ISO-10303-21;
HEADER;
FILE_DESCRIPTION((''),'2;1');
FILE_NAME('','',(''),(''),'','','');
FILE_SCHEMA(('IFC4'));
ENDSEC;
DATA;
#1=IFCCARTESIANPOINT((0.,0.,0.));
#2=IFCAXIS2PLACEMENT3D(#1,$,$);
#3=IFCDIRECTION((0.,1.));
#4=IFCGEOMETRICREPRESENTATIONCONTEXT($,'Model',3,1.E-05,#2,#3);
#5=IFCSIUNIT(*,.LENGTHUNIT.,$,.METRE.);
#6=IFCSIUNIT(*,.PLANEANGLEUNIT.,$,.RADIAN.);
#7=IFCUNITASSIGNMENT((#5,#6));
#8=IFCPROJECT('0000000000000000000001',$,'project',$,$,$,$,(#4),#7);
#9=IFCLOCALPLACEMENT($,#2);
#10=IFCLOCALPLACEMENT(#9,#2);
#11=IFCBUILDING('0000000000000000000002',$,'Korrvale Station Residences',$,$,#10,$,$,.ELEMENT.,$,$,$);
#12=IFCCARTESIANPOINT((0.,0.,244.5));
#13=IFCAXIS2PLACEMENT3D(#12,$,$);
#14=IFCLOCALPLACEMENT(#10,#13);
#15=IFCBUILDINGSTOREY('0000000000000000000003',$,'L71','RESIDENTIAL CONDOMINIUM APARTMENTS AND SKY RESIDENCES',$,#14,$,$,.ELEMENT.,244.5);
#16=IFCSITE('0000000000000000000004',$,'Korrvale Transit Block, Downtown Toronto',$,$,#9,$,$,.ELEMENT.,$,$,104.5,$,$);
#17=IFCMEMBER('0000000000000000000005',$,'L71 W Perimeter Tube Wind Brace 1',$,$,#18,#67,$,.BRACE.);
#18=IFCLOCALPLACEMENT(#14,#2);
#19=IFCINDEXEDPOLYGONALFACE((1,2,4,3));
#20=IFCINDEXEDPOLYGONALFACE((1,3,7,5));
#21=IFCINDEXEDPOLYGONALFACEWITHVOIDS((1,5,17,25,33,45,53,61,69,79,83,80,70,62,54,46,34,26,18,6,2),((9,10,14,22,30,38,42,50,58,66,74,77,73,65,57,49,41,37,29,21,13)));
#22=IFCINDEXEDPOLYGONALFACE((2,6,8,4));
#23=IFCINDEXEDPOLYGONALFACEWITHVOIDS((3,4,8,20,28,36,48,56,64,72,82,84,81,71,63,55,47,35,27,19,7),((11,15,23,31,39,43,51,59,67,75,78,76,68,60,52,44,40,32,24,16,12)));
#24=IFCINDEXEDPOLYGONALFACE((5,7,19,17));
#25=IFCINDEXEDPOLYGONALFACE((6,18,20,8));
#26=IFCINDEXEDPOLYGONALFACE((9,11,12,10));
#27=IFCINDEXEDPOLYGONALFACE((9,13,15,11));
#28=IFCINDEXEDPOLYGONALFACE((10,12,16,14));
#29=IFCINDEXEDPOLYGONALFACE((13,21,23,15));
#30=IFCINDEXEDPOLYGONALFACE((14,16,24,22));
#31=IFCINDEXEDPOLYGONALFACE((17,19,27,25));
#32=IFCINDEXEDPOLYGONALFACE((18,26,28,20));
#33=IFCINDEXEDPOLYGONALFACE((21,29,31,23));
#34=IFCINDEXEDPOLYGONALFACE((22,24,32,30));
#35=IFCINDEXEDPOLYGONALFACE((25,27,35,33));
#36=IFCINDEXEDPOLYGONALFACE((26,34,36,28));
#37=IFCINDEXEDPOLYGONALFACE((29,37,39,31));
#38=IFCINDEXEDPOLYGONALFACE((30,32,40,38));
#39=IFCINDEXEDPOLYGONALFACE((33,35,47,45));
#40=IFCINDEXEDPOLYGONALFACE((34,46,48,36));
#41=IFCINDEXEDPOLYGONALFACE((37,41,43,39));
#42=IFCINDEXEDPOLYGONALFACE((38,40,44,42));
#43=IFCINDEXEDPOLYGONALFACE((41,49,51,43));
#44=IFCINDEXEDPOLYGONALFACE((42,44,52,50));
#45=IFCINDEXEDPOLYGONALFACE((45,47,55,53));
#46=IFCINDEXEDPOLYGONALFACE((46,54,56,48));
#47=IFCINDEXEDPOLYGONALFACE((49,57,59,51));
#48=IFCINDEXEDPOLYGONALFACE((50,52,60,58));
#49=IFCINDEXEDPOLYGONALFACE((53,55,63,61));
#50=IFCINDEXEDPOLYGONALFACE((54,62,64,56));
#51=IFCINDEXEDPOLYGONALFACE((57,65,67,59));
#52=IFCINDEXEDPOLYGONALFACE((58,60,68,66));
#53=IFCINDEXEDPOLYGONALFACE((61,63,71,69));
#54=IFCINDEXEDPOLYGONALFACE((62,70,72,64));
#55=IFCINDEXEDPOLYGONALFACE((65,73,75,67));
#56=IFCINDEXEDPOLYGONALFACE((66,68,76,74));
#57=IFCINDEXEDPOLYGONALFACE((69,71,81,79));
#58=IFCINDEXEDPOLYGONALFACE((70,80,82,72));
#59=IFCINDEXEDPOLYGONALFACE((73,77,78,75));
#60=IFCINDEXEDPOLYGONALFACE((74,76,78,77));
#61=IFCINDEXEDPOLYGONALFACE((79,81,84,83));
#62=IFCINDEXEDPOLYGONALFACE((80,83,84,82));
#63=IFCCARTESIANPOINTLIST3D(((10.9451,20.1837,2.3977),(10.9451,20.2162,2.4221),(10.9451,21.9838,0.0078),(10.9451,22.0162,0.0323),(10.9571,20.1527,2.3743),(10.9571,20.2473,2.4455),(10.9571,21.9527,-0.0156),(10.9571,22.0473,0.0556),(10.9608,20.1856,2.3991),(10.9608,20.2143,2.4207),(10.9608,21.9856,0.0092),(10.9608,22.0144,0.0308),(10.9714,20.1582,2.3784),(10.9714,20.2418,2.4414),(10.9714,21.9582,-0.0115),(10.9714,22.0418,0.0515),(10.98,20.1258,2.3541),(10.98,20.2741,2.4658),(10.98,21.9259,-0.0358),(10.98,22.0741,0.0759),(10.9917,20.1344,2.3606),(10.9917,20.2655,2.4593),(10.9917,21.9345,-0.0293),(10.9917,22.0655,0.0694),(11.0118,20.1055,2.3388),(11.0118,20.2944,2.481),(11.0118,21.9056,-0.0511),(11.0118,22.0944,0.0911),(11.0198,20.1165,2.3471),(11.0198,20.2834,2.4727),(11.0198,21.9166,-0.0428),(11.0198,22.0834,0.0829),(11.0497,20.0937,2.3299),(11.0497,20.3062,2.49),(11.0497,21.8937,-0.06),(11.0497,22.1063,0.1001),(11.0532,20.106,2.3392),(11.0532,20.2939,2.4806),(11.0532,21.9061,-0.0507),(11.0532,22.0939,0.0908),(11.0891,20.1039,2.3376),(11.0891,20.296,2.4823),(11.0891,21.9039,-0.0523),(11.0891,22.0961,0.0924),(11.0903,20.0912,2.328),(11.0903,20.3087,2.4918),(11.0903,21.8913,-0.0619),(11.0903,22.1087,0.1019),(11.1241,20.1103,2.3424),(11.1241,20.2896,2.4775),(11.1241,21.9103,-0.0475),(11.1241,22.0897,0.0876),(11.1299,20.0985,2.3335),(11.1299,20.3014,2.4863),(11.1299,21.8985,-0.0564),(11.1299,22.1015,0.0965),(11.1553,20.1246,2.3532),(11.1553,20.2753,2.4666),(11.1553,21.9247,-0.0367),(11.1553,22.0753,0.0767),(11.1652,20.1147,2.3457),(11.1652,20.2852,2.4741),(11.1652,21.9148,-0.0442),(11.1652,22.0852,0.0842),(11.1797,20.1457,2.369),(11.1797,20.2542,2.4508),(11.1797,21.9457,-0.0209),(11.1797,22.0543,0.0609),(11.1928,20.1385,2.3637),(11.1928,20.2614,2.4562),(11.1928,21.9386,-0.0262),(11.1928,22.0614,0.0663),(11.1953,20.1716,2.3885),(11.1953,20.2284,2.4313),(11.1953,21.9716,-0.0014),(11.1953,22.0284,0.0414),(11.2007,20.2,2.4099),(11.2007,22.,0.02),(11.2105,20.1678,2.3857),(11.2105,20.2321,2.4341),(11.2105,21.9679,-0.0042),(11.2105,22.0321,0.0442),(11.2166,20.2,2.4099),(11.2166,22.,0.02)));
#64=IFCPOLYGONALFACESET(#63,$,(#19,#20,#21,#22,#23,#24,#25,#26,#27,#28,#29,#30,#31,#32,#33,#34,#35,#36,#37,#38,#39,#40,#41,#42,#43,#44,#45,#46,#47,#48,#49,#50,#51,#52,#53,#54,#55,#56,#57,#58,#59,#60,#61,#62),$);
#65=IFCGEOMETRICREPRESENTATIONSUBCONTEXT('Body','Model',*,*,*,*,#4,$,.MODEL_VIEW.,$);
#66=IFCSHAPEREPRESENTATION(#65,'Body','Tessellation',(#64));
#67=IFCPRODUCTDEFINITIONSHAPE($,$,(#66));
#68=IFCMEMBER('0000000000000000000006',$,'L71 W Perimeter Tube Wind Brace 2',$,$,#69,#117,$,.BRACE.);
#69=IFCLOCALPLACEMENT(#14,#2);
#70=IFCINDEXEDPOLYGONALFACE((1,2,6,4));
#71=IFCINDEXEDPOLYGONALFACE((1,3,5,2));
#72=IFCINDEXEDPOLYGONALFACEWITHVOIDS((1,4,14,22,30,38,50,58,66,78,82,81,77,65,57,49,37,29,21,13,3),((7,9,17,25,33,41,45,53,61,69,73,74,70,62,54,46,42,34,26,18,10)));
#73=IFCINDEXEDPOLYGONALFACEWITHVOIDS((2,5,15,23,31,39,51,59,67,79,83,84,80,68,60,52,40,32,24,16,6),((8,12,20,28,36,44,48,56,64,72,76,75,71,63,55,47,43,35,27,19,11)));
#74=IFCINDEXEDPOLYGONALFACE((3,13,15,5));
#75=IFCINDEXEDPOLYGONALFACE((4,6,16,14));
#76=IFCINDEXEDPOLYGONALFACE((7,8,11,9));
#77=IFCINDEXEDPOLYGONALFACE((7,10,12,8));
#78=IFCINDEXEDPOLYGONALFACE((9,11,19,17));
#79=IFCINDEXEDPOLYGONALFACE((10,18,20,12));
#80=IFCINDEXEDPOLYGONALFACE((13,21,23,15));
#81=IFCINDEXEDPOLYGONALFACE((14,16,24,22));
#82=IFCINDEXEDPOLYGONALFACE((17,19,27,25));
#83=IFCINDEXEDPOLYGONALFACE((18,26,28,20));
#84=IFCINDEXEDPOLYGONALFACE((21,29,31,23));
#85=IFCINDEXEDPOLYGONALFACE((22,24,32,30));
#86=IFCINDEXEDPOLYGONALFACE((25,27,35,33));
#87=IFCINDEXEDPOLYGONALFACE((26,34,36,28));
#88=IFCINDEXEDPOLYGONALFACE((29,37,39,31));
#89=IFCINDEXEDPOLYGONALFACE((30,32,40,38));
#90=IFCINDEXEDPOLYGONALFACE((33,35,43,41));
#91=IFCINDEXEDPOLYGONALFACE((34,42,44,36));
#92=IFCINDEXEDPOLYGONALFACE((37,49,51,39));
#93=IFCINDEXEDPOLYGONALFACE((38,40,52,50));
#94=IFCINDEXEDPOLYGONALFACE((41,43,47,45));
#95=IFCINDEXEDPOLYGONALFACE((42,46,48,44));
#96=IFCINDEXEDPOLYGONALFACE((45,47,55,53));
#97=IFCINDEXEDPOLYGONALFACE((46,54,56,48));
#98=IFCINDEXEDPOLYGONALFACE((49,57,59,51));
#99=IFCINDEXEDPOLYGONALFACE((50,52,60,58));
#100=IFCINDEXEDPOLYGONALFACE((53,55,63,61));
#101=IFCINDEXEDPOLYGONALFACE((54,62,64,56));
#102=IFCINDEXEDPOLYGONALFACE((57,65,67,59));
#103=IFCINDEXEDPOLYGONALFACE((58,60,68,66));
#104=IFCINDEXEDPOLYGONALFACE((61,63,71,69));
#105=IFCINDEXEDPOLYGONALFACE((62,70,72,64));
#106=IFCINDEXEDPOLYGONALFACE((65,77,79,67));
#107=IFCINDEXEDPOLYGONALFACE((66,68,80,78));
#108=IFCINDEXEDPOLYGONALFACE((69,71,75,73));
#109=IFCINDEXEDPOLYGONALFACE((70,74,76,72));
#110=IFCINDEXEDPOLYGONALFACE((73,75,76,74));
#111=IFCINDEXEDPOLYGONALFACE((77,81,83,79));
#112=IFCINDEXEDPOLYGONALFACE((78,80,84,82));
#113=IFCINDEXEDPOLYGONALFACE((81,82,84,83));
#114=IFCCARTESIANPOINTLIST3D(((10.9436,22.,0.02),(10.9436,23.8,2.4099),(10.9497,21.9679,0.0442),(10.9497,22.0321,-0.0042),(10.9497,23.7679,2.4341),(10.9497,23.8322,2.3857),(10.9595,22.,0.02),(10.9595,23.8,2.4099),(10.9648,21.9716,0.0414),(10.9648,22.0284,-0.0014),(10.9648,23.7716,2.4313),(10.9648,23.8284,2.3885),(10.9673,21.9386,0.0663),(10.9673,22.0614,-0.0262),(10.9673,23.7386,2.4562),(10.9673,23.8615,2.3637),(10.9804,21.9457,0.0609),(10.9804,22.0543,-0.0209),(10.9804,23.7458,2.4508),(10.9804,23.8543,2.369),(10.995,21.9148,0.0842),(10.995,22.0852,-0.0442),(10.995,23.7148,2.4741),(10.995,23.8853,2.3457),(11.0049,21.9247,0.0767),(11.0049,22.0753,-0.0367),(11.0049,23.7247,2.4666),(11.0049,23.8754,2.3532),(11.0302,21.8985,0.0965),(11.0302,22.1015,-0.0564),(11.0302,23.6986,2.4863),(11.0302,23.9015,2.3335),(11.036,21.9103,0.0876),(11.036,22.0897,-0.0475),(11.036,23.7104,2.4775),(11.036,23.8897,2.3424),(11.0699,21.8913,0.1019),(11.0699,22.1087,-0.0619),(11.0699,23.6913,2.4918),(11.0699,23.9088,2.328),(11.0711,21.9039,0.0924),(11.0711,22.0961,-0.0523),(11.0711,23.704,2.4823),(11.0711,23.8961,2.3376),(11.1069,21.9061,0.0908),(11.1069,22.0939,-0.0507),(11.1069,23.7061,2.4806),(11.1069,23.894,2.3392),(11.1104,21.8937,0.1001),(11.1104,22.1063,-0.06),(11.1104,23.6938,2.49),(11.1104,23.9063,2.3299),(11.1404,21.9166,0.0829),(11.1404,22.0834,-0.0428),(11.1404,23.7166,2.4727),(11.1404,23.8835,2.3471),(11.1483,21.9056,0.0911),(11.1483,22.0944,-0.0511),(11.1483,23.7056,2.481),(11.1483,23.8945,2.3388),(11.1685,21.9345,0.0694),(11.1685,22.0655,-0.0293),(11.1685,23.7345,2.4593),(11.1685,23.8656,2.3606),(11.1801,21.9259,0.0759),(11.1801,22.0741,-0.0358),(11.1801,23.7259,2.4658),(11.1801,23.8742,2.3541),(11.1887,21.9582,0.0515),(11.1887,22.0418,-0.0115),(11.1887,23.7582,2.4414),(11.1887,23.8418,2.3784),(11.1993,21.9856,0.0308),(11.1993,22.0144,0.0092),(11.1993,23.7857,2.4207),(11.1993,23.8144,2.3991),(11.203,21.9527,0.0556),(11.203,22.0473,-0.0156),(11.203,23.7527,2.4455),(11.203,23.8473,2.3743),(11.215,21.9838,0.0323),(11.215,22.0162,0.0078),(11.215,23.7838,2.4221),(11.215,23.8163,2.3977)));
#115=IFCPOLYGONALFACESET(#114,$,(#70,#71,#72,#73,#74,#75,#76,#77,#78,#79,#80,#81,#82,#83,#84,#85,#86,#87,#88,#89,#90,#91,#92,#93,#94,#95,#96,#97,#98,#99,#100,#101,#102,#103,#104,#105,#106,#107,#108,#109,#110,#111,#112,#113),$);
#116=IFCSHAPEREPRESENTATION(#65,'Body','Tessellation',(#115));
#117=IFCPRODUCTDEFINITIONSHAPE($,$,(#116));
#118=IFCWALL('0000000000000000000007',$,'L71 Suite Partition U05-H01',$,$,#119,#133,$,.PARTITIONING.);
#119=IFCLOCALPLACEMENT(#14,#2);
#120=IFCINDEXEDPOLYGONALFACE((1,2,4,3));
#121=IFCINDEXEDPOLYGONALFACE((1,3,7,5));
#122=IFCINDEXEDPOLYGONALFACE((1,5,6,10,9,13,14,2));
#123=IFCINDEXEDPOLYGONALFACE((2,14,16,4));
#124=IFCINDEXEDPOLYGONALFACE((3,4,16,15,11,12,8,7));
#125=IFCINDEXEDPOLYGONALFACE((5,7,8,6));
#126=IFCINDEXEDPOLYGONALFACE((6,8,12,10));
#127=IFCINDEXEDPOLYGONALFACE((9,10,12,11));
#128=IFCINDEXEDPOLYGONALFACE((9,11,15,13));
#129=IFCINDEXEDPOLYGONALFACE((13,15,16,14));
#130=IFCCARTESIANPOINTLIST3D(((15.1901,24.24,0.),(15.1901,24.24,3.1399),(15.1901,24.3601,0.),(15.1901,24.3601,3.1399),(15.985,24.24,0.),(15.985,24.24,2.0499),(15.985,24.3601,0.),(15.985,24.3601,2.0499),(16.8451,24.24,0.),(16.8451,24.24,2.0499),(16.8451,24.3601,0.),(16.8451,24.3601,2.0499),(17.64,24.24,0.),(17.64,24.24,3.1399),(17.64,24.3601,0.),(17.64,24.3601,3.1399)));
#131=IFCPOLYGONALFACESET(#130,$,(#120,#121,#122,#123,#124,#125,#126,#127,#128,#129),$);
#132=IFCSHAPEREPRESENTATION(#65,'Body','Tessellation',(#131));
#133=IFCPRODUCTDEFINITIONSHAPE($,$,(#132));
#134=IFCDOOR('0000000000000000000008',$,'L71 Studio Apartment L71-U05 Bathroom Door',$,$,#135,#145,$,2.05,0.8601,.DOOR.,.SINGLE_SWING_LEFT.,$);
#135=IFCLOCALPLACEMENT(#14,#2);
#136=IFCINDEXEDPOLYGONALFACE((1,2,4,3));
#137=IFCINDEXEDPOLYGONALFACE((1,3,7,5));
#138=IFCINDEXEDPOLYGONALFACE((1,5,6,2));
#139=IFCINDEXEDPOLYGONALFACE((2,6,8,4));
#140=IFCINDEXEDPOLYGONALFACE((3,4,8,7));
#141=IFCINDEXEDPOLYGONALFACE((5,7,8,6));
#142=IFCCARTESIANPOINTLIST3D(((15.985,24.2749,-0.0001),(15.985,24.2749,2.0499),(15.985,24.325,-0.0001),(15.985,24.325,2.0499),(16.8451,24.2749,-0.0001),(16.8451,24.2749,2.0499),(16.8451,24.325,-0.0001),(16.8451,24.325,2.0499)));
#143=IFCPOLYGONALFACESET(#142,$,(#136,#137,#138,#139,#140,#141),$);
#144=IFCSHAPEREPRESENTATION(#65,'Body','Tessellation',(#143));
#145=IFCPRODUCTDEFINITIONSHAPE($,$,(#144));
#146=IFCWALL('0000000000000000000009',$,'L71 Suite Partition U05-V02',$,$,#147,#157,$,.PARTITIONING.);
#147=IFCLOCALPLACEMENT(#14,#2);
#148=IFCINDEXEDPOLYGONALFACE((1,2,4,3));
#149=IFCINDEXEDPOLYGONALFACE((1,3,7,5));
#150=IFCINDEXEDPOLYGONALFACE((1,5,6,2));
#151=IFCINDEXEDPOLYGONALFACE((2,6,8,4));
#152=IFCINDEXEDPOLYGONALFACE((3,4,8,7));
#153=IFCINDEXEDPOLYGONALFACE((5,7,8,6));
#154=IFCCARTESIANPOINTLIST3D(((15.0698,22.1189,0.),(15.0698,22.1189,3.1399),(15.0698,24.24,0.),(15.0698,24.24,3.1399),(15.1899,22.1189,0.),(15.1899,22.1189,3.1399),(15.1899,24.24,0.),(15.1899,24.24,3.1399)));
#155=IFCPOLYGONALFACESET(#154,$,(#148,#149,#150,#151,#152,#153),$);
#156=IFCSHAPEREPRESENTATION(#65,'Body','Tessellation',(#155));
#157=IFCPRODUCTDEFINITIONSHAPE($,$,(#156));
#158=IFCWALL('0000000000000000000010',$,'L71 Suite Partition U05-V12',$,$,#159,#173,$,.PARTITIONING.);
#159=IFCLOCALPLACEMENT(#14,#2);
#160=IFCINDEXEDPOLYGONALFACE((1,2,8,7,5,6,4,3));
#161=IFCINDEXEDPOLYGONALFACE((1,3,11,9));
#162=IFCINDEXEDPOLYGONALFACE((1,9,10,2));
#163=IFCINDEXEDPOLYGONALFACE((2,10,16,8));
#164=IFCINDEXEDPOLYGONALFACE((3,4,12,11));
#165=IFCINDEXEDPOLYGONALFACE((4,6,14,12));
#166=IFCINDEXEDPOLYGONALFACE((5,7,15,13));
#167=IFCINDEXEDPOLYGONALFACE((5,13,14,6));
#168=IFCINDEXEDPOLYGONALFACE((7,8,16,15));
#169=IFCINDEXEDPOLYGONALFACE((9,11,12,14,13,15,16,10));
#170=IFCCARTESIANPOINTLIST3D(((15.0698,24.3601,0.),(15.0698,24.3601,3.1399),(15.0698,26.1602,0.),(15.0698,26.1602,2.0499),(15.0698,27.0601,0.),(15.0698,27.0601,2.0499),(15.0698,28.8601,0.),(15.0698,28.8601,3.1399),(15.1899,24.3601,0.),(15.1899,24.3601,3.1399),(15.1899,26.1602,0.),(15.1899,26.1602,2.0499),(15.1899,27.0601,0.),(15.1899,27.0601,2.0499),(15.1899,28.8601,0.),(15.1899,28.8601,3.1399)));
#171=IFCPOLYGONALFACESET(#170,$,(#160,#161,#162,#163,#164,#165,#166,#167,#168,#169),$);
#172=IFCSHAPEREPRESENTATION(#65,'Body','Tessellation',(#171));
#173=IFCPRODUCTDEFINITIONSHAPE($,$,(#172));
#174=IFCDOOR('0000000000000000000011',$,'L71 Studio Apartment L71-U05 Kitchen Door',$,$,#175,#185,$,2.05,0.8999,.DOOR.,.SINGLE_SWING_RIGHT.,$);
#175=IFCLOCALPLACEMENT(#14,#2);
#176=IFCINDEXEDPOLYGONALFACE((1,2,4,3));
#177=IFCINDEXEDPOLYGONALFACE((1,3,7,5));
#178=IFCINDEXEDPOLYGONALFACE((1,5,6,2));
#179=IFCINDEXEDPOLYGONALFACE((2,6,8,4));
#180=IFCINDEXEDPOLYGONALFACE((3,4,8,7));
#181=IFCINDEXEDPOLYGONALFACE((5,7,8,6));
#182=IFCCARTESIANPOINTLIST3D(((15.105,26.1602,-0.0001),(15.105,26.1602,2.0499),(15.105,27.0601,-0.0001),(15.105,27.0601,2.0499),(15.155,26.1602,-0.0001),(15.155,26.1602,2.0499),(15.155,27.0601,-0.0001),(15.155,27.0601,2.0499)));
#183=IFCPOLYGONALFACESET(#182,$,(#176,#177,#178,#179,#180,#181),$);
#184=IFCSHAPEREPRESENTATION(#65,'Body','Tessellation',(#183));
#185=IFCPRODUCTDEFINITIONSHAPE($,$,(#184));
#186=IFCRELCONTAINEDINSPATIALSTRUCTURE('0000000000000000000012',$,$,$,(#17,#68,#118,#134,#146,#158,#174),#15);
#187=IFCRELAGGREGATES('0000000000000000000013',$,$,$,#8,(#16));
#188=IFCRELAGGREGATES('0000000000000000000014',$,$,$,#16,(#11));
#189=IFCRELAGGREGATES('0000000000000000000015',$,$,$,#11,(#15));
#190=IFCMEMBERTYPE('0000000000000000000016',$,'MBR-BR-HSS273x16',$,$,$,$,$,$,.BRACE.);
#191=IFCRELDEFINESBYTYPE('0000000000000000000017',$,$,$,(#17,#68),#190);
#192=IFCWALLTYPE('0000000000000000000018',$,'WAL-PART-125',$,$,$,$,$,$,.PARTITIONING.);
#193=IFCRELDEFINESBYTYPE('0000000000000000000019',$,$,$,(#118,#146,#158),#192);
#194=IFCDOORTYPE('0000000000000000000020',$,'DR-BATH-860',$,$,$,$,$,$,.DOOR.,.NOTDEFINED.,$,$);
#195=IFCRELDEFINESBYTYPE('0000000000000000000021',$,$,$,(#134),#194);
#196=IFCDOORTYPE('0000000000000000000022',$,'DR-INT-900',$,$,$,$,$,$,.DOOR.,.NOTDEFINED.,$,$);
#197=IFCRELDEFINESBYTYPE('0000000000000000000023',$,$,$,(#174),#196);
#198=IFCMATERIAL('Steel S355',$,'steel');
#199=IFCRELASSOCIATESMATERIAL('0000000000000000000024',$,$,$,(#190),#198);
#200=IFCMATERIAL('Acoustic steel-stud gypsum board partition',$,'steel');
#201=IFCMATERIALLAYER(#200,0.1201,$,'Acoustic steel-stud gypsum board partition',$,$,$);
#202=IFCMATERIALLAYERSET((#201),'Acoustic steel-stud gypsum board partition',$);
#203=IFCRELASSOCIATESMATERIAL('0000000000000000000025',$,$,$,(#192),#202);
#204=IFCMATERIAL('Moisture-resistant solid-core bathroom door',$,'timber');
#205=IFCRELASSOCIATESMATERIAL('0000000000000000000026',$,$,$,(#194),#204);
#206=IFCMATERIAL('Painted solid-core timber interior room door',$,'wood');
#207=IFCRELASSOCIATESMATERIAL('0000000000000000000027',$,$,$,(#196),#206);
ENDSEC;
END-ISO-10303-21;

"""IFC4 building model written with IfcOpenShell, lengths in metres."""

from ifc_helpers import new_model, si_unit, direction, frame, frame_2d, origin, origin_2d, place, context, subcontext, project, spatial, rectangle, hollow_circle, extrude, material, layer, layer_set, material_profile, profile_set, type_object, element, fill, save


model = new_model("IFC4")

# Units and contexts
model_context = context("Model", 3, precision=1e-05, world=origin(), true_north=direction((0.0, 1.0)))
body_context = subcontext(model_context, "Body", "Model", "MODEL_VIEW")
ifc_project = project(units=[si_unit("LENGTHUNIT", "METRE"), si_unit("PLANEANGLEUNIT", "RADIAN")], contexts=[model_context])

# Site, building, storey
site_placement = place(None, origin())
site = spatial("IfcSite", under=ifc_project, at=site_placement, Name="Korrvale Transit Block, Downtown Toronto", CompositionType="ELEMENT", RefElevation=104.5)
building_placement = place(site_placement, origin())
building = spatial("IfcBuilding", under=site, at=building_placement, Name="Korrvale Station Residences", CompositionType="ELEMENT")
storey_placement = place(building_placement, frame((0.0, 0.0, 244.5)))
storey = spatial("IfcBuildingStorey", under=building, at=storey_placement, Name="L71", Description="RESIDENTIAL CONDOMINIUM APARTMENTS AND SKY RESIDENCES", CompositionType="ELEMENT", Elevation=244.5)

# Shared definitions
ifc_material_1 = material(Name="Steel S355", Category="steel")

# Members
ifc_material_profile_1 = material_profile(ifc_material_1, hollow_circle(Radius=0.1365, WallThickness=0.0159, at=origin_2d()), Name="HSS273x16")
ifc_profile_set_1 = profile_set([ifc_material_profile_1], Name="Steel S355")
member_type = type_object("IfcMemberType", Name="MBR-BR-HSS273x16", PredefinedType="BRACE", material=ifc_profile_set_1)
for number, where, z_axis, x_axis, name in (
    (1, (11.0801, 22.0, 0.02), (0.0, -0.601631, 0.798774), (1.0, 0.0, 0.0), "L71 W Perimeter Tube Wind Brace 1"),
    (2, (11.0801, 22.0, 0.02), (0.0, 0.601631, 0.798774), (-1.0, 0.0, 0.0), "L71 W Perimeter Tube Wind Brace 2"),
):
    element("IfcMember", number, at=place(storey_placement, frame(where, z_axis=z_axis, x_axis=x_axis)), inside=storey, type_object=member_type, Name=name, PredefinedType="BRACE", context=body_context, shape_type="SweptSolid", body=[
        extrude(hollow_circle(Radius=0.1365, WallThickness=0.0159, at=origin_2d()), origin(), (0.0, 0.0, 1.0), 2.9919),
    ])

# Wall, opening, door
ifc_material_2 = material(Name="Acoustic steel-stud gypsum board partition", Category="steel")
ifc_layer_1 = layer(ifc_material_2, 0.1201, Name="Acoustic steel-stud gypsum board partition")
ifc_layer_set_1 = layer_set([ifc_layer_1], Name="Acoustic steel-stud gypsum board partition")
wall_type_1 = type_object("IfcWallType", Name="WAL-PART-125", PredefinedType="PARTITIONING", material=ifc_layer_set_1)
wall_1_placement = place(storey_placement, frame((15.1899, 24.3, 0.0), z_axis=(0.0, 0.0, 1.0), x_axis=(1.0, 0.0, 0.0)))
wall_1 = element("IfcWall", 3, at=wall_1_placement, inside=storey, type_object=wall_type_1, Name="L71 Suite Partition U05-H01", PredefinedType="PARTITIONING", context=body_context, shape_type="SweptSolid", body=[
    extrude(rectangle(XDim=2.45, YDim=0.1201, at=frame_2d((1.2251, 0.0))), origin(), (0.0, 0.0, 1.0), 3.1399),
])
opening_1_placement = place(wall_1_placement, frame((0.7949, 0.0, 0.0)))
opening_1 = element("IfcOpeningElement", 4, at=opening_1_placement, cuts=wall_1, PredefinedType="OPENING", context=body_context, shape_type="SweptSolid", body=[
    extrude(rectangle(XDim=0.8601, YDim=2.05, at=frame_2d((0.4302, 1.0249))), frame((0.0, 0.0701, 0.0), z_axis=(0.0, -1.0, 0.0), x_axis=(1.0, 0.0, 0.0)), (0.0, 0.0, 1.0), 0.1401),
])
ifc_material_3 = material(Name="Moisture-resistant solid-core bathroom door", Category="timber")
door_type_1 = type_object("IfcDoorType", Name="DR-BATH-860", OperationType="NOTDEFINED", PredefinedType="DOOR", material=ifc_material_3)
door_1_placement = place(opening_1_placement, origin())
door_1 = element("IfcDoor", 5, at=door_1_placement, inside=storey, type_object=door_type_1, Name="L71 Studio Apartment L71-U05 Bathroom Door", OperationType="SINGLE_SWING_LEFT", OverallHeight=2.05, OverallWidth=0.8601, PredefinedType="DOOR", context=body_context, shape_type="SweptSolid", body=[
    extrude(rectangle(XDim=0.8601, YDim=2.05, at=frame_2d((0.4302, 1.0249))), frame((0.0, 0.0249, 0.0), z_axis=(0.0, -1.0, 0.0), x_axis=(1.0, 0.0, 0.0)), (0.0, 0.0, 1.0), 0.05),
])
fill(opening_1, door_1)

# Wall
wall_2_placement = place(storey_placement, frame((15.1299, 22.1189, 0.0), z_axis=(0.0, 0.0, 1.0), x_axis=(0.0, 1.0, 0.0)))
element("IfcWall", 6, at=wall_2_placement, inside=storey, type_object=wall_type_1, Name="L71 Suite Partition U05-V02", PredefinedType="PARTITIONING", context=body_context, shape_type="SweptSolid", body=[
    extrude(rectangle(XDim=2.1211, YDim=0.1201, at=frame_2d((1.0605, 0.0))), origin(), (0.0, 0.0, 1.0), 3.1399),
])

# Wall, opening, door
wall_3_placement = place(storey_placement, frame((15.1299, 24.3601, 0.0), z_axis=(0.0, 0.0, 1.0), x_axis=(0.0, 1.0, 0.0)))
wall_3 = element("IfcWall", 7, at=wall_3_placement, inside=storey, type_object=wall_type_1, Name="L71 Suite Partition U05-V12", PredefinedType="PARTITIONING", context=body_context, shape_type="SweptSolid", body=[
    extrude(rectangle(XDim=4.5, YDim=0.1201, at=frame_2d((2.25, 0.0))), origin(), (0.0, 0.0, 1.0), 3.1399),
])
opening_2_placement = place(wall_3_placement, frame((1.8, 0.0, 0.0)))
opening_2 = element("IfcOpeningElement", 8, at=opening_2_placement, cuts=wall_3, PredefinedType="OPENING", context=body_context, shape_type="SweptSolid", body=[
    extrude(rectangle(XDim=0.8999, YDim=2.05, at=frame_2d((0.45, 1.0249))), frame((0.0, 0.0701, 0.0), z_axis=(0.0, -1.0, 0.0), x_axis=(1.0, 0.0, 0.0)), (0.0, 0.0, 1.0), 0.1401),
])
ifc_material_4 = material(Name="Painted solid-core timber interior room door", Category="wood")
door_type_2 = type_object("IfcDoorType", Name="DR-INT-900", OperationType="NOTDEFINED", PredefinedType="DOOR", material=ifc_material_4)
door_2_placement = place(opening_2_placement, origin())
door_2 = element("IfcDoor", 9, at=door_2_placement, inside=storey, type_object=door_type_2, Name="L71 Studio Apartment L71-U05 Kitchen Door", OperationType="SINGLE_SWING_RIGHT", OverallHeight=2.05, OverallWidth=0.8999, PredefinedType="DOOR", context=body_context, shape_type="SweptSolid", body=[
    extrude(rectangle(XDim=0.8999, YDim=2.05, at=frame_2d((0.45, 1.0249))), frame((0.0, 0.0249, 0.0), z_axis=(0.0, -1.0, 0.0), x_axis=(1.0, 0.0, 0.0)), (0.0, 0.0, 1.0), 0.05),
])
fill(opening_2, door_2)

save(model, "model.ifc")
